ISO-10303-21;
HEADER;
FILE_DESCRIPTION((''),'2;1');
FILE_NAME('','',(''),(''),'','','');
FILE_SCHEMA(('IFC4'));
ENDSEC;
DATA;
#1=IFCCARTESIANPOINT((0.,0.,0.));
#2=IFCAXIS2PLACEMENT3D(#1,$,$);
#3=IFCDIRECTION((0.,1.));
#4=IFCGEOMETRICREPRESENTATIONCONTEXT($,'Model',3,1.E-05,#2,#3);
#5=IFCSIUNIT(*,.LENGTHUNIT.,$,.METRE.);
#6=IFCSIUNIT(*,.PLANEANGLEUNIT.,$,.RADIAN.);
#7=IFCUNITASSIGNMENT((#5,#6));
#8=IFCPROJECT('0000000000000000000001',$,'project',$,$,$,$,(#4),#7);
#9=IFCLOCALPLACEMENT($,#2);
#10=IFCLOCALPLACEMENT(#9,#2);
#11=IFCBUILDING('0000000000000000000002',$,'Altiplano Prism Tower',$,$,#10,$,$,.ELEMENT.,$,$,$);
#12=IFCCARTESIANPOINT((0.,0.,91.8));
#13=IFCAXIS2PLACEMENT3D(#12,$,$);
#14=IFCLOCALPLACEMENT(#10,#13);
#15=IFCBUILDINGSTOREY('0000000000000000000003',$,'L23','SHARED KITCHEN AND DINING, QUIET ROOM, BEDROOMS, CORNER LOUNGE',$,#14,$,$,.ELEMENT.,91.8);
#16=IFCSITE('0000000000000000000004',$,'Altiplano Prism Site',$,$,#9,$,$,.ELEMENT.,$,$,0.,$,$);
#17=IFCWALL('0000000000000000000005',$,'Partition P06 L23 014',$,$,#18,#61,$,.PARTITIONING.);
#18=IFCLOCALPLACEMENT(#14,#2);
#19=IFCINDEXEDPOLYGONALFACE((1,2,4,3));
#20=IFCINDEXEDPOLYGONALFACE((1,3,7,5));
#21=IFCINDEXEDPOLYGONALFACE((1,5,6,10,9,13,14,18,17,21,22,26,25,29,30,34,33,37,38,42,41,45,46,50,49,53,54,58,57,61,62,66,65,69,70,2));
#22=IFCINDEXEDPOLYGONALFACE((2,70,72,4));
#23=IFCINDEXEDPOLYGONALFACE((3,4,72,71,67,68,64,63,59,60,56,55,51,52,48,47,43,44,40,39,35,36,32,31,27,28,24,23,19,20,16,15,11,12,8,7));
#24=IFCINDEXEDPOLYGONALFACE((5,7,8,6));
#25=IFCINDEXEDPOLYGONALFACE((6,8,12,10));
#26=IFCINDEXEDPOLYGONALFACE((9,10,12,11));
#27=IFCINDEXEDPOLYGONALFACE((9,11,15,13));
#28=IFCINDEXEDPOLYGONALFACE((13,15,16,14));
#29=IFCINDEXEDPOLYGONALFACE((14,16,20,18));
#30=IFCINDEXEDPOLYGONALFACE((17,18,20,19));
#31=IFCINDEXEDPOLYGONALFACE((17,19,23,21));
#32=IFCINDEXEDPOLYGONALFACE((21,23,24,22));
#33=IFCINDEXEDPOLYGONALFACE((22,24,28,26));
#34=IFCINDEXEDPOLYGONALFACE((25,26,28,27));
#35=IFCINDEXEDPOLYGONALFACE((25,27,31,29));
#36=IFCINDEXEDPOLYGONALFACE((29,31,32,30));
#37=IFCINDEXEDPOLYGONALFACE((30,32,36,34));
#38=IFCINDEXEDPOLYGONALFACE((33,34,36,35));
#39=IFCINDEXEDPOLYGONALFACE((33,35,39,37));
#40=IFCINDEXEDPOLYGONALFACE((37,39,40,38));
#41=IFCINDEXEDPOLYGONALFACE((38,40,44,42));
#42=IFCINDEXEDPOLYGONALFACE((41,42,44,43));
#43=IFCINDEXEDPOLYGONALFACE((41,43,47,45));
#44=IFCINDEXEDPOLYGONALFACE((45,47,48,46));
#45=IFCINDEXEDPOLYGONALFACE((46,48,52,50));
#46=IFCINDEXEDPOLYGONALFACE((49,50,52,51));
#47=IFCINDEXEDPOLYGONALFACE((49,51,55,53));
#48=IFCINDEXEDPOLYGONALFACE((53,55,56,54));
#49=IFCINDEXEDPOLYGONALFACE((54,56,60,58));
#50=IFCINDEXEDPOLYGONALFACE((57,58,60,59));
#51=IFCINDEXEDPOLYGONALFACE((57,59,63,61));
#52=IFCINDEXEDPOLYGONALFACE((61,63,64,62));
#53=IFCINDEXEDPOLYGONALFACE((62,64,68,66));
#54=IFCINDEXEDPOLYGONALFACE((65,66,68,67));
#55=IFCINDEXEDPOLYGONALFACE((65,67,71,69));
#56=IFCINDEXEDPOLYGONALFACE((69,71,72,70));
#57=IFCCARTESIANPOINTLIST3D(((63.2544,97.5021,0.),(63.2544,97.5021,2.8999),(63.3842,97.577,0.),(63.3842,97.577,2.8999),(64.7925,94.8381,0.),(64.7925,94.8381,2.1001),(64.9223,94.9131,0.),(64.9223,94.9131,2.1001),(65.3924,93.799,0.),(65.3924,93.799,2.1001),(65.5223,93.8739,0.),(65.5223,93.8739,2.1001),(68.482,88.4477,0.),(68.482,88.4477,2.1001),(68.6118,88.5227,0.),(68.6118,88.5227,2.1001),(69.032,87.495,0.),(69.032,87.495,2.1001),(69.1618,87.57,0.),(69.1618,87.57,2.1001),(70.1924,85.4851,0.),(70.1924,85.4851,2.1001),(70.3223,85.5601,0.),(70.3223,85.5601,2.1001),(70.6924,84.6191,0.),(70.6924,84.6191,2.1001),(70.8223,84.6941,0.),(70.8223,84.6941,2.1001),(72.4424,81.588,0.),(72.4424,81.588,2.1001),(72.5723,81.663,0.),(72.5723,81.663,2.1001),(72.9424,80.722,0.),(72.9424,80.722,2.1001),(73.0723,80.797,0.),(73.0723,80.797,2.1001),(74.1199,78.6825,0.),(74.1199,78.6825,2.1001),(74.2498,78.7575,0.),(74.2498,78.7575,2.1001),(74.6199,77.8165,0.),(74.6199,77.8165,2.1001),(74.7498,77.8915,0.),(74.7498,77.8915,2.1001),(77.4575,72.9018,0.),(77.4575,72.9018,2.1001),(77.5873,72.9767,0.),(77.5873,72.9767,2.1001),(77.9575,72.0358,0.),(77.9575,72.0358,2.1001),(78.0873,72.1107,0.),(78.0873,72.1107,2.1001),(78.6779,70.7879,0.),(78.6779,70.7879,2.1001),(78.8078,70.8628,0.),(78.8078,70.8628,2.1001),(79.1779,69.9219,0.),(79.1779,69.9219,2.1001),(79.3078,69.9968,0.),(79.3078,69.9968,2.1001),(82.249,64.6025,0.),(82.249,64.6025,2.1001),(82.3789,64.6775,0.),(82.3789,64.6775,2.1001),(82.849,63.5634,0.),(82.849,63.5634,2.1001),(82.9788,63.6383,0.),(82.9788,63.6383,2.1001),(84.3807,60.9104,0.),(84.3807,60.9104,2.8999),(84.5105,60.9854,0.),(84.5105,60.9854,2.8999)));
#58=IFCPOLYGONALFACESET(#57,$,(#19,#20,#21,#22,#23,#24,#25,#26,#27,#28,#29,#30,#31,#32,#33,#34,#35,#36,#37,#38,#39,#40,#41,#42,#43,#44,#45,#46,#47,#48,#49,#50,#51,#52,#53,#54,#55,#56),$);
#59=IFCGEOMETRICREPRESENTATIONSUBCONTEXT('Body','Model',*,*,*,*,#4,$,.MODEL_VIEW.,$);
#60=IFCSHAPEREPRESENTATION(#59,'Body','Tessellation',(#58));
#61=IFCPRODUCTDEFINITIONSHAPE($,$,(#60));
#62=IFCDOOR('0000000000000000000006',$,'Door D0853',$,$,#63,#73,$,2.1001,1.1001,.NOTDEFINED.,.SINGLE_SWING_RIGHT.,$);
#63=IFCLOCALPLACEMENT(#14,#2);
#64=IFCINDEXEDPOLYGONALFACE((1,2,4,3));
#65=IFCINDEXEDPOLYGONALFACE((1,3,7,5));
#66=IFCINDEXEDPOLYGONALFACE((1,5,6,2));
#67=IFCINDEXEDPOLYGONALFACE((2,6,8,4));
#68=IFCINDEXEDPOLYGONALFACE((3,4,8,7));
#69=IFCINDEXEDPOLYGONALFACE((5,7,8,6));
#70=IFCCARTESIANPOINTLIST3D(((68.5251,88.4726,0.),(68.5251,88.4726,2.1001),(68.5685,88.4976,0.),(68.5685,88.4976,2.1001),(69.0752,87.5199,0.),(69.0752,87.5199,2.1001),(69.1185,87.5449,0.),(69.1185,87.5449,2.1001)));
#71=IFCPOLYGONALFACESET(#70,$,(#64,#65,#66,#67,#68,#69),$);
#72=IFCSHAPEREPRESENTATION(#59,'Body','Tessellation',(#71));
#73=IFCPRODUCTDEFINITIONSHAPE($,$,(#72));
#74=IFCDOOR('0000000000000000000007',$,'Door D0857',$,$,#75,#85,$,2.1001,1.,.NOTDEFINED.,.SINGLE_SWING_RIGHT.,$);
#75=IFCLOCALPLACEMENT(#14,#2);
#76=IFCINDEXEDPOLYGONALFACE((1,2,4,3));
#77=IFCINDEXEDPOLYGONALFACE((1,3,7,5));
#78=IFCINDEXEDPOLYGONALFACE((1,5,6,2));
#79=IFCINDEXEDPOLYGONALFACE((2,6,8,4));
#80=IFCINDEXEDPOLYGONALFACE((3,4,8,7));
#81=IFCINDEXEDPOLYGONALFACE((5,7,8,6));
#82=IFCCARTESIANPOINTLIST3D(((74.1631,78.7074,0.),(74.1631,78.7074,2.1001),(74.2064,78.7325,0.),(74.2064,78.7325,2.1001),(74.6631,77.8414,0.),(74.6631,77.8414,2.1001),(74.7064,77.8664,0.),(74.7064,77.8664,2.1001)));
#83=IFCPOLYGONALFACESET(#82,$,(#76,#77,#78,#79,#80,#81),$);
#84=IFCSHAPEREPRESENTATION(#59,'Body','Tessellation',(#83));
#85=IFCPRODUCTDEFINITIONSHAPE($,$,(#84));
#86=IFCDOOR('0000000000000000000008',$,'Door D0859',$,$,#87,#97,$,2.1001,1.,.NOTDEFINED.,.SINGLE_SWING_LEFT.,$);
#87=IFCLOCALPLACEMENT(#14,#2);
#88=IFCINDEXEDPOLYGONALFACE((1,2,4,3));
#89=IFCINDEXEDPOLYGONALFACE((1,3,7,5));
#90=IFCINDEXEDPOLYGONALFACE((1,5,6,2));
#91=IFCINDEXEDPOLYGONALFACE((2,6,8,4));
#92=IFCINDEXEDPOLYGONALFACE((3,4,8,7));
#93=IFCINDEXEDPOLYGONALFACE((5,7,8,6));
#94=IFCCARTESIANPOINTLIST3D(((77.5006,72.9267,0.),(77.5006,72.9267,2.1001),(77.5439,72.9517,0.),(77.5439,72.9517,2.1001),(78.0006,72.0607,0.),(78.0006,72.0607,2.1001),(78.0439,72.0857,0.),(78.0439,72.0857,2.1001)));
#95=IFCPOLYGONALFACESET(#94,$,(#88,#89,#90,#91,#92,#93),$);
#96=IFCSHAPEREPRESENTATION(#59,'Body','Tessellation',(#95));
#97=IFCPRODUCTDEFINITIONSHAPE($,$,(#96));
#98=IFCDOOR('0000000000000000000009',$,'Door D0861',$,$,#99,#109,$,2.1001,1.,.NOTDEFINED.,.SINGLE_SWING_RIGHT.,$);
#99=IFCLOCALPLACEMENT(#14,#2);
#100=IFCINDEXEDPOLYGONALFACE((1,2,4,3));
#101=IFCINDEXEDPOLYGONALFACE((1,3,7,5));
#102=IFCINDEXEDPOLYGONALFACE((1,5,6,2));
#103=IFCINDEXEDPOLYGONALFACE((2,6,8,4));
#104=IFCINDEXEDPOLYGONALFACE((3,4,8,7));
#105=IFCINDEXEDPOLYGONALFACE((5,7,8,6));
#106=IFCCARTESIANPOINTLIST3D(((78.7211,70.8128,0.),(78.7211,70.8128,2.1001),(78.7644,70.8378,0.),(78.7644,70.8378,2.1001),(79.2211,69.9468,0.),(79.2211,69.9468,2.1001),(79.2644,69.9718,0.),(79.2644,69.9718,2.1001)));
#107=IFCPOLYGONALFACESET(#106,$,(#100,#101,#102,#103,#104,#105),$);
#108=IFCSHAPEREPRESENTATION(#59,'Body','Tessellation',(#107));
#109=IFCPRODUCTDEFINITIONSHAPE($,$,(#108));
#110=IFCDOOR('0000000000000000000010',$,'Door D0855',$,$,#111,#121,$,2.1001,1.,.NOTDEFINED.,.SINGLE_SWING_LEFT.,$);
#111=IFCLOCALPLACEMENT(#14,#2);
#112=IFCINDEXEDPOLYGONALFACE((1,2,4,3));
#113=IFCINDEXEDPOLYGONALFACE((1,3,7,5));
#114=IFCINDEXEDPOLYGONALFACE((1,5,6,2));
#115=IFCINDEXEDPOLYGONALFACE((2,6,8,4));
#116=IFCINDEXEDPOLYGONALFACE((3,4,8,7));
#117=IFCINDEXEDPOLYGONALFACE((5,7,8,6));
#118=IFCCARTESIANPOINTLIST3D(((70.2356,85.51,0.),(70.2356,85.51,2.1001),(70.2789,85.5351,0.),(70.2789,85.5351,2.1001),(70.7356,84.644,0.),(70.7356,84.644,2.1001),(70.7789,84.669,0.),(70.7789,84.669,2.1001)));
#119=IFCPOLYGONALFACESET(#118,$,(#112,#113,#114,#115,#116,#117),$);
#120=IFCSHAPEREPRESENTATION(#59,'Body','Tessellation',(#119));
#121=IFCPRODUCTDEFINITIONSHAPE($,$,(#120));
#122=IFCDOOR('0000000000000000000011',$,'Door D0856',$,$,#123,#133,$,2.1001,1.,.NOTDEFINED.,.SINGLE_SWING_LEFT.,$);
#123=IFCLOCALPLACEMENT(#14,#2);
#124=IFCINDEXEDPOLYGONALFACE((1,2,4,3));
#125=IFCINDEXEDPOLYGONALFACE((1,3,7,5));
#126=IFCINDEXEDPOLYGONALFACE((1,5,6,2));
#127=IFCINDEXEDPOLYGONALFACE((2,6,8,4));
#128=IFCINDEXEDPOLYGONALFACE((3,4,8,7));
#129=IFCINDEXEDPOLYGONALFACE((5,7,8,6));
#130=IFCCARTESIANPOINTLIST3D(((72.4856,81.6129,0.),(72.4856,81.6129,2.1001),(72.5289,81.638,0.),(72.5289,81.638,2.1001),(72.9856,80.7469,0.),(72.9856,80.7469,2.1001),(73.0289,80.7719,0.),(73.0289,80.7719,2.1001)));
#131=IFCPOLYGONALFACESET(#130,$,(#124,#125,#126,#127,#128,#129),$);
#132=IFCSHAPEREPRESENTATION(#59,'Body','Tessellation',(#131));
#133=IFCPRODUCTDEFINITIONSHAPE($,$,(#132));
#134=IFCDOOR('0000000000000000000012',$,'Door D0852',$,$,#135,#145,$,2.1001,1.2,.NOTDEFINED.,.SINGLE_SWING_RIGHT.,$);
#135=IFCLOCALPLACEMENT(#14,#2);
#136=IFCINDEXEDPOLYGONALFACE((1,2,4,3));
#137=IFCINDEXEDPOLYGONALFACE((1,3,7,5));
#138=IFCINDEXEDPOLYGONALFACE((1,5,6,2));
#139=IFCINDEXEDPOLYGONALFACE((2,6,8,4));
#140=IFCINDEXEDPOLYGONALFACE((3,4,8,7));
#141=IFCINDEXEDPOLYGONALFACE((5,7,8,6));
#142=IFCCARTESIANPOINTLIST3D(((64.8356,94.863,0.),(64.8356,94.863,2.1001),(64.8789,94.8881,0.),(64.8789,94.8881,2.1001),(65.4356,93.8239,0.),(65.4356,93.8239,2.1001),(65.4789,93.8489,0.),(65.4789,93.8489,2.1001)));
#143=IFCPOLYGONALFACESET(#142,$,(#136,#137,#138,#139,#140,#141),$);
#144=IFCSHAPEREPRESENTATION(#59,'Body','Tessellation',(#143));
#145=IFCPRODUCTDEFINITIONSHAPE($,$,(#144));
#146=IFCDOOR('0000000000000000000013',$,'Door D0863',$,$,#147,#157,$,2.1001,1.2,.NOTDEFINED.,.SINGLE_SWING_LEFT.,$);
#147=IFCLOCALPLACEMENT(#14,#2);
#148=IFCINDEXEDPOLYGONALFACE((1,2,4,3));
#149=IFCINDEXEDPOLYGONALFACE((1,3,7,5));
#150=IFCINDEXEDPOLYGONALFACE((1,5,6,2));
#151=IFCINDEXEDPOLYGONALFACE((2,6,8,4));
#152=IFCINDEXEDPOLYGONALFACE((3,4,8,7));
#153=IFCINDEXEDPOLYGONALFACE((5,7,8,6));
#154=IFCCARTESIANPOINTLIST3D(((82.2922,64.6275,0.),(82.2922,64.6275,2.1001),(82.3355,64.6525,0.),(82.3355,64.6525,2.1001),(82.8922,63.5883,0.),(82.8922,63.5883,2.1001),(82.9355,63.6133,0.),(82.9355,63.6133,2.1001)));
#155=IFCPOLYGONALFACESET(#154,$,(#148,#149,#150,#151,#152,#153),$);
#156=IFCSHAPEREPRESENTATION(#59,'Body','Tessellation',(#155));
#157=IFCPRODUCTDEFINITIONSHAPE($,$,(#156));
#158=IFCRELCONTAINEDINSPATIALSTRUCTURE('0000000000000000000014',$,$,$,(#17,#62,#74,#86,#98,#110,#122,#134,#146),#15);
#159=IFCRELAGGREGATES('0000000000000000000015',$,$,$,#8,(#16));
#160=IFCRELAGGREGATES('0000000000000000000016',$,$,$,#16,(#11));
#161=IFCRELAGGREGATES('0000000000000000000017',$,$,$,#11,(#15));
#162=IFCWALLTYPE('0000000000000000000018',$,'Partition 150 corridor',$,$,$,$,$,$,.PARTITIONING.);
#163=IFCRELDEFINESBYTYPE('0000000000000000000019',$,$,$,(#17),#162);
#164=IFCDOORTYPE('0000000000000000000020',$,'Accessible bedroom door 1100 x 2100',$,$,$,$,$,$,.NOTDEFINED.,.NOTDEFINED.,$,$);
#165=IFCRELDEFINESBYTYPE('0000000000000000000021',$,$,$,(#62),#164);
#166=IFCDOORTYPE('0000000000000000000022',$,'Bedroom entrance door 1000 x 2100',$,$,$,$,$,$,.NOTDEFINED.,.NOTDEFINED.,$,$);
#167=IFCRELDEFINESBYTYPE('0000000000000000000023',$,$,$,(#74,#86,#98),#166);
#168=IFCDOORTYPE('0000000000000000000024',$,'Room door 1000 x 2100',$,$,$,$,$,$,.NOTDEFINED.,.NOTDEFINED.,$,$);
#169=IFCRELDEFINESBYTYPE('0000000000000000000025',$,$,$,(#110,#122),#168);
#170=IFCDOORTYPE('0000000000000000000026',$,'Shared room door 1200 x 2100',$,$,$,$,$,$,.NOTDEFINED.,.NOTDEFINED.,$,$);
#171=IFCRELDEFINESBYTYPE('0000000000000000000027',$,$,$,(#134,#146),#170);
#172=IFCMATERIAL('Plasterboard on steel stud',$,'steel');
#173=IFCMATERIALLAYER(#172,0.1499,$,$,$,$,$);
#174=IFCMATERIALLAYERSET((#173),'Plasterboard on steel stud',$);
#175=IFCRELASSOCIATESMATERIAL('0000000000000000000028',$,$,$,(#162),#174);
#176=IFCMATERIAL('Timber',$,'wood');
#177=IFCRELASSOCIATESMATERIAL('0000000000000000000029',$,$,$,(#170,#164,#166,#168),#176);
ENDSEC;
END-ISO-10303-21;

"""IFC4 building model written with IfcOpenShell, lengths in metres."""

from ifc_helpers import new_model, si_unit, direction, frame, frame_2d, origin, place, context, subcontext, project, spatial, rectangle, extrude, material, layer, layer_set, type_object, element, fill, save


model = new_model("IFC4")

# Units and contexts
model_context = context("Model", 3, precision=1e-05, world=origin(), true_north=direction((0.0, 1.0)))
body_context = subcontext(model_context, "Body", "Model", "MODEL_VIEW")
ifc_project = project(units=[si_unit("LENGTHUNIT", "METRE"), si_unit("PLANEANGLEUNIT", "RADIAN")], contexts=[model_context])

# Site, building, storey
site_placement = place(None, origin())
site = spatial("IfcSite", under=ifc_project, at=site_placement, Name="Altiplano Prism Site", CompositionType="ELEMENT", RefElevation=0.0)
building_placement = place(site_placement, origin())
building = spatial("IfcBuilding", under=site, at=building_placement, Name="Altiplano Prism Tower", CompositionType="ELEMENT")
storey_placement = place(building_placement, frame((0.0, 0.0, 91.8)))
storey = spatial("IfcBuildingStorey", under=building, at=storey_placement, Name="L23", Description="SHARED KITCHEN AND DINING, QUIET ROOM, BEDROOMS, CORNER LOUNGE", CompositionType="ELEMENT", Elevation=91.8)

# Shared definitions
ifc_material_1 = material(Name="Plasterboard on steel stud", Category="steel")
ifc_layer_1 = layer(ifc_material_1, 0.1499)
ifc_layer_set_1 = layer_set([ifc_layer_1], Name="Plasterboard on steel stud")
wall_type_1 = type_object("IfcWallType", Name="Partition 150 corridor", PredefinedType="PARTITIONING", material=ifc_layer_set_1)

# Shared definitions
ifc_material_2 = material(Name="Timber", Category="wood")
door_type_1 = type_object("IfcDoorType", Name="Shared room door 1200 x 2100", OperationType="NOTDEFINED", PredefinedType="NOTDEFINED", material=ifc_material_2)

# Wall, openings, doors
wall_1_placement = place(storey_placement, frame((63.3193, 97.5396, 0.0), z_axis=(0.0, 0.0, 1.0), x_axis=(0.500001, -0.866025, 0.0)))
wall_1 = element("IfcWall", 1, at=wall_1_placement, inside=storey, type_object=wall_type_1, Name="Partition P06 L23 014", PredefinedType="PARTITIONING", context=body_context, shape_type="SweptSolid", body=[
    extrude(rectangle(XDim=42.2524, YDim=0.1499, at=frame_2d((21.1262, 0.0))), origin(), (0.0, 0.0, 1.0), 2.8999),
])
opening_1_placement = place(wall_1_placement, frame((3.0759, 0.0, 0.0)))
opening_1 = element("IfcOpeningElement", 2, at=opening_1_placement, cuts=wall_1, PredefinedType="OPENING", context=body_context, shape_type="SweptSolid", body=[
    extrude(rectangle(XDim=1.2, YDim=2.1001, at=frame_2d((0.6001, 1.05))), frame((0.0, 0.0854, 0.0), z_axis=(0.0, -1.0, 0.0), x_axis=(1.0, 0.0, 0.0)), (0.0, 0.0, 1.0), 0.1709),
])
opening_2_placement = place(wall_1_placement, frame((10.4551, 0.0, 0.0)))
opening_2 = element("IfcOpeningElement", 3, at=opening_2_placement, cuts=wall_1, PredefinedType="OPENING", context=body_context, shape_type="SweptSolid", body=[
    extrude(rectangle(XDim=1.1001, YDim=2.1001, at=frame_2d((0.55, 1.05))), frame((0.0, 0.0854, 0.0), z_axis=(0.0, -1.0, 0.0), x_axis=(1.0, 0.0, 0.0)), (0.0, 0.0, 1.0), 0.1709),
])
opening_3_placement = place(wall_1_placement, frame((13.876, 0.0, 0.0)))
opening_3 = element("IfcOpeningElement", 4, at=opening_3_placement, cuts=wall_1, PredefinedType="OPENING", context=body_context, shape_type="SweptSolid", body=[
    extrude(rectangle(XDim=1.0, YDim=2.1001, at=frame_2d((0.5, 1.05))), frame((0.0, 0.0854, 0.0), z_axis=(0.0, -1.0, 0.0), x_axis=(1.0, 0.0, 0.0)), (0.0, 0.0, 1.0), 0.1709),
])
opening_4_placement = place(wall_1_placement, frame((18.376, 0.0, 0.0)))
opening_4 = element("IfcOpeningElement", 5, at=opening_4_placement, cuts=wall_1, PredefinedType="OPENING", context=body_context, shape_type="SweptSolid", body=[
    extrude(rectangle(XDim=1.0, YDim=2.1001, at=frame_2d((0.5, 1.05))), frame((0.0, 0.0854, 0.0), z_axis=(0.0, -1.0, 0.0), x_axis=(1.0, 0.0, 0.0)), (0.0, 0.0, 1.0), 0.1709),
])
opening_5_placement = place(wall_1_placement, frame((21.731, 0.0, 0.0)))
opening_5 = element("IfcOpeningElement", 6, at=opening_5_placement, cuts=wall_1, PredefinedType="OPENING", context=body_context, shape_type="SweptSolid", body=[
    extrude(rectangle(XDim=1.0, YDim=2.1001, at=frame_2d((0.5, 1.05))), frame((0.0, 0.0854, 0.0), z_axis=(0.0, -1.0, 0.0), x_axis=(1.0, 0.0, 0.0)), (0.0, 0.0, 1.0), 0.1709),
])
opening_6_placement = place(wall_1_placement, frame((28.406, 0.0, 0.0)))
opening_6 = element("IfcOpeningElement", 7, at=opening_6_placement, cuts=wall_1, PredefinedType="OPENING", context=body_context, shape_type="SweptSolid", body=[
    extrude(rectangle(XDim=1.0, YDim=2.1001, at=frame_2d((0.5, 1.05))), frame((0.0, 0.0854, 0.0), z_axis=(0.0, -1.0, 0.0), x_axis=(1.0, 0.0, 0.0)), (0.0, 0.0, 1.0), 0.1709),
])
opening_7_placement = place(wall_1_placement, frame((30.8469, 0.0, 0.0)))
opening_7 = element("IfcOpeningElement", 8, at=opening_7_placement, cuts=wall_1, PredefinedType="OPENING", context=body_context, shape_type="SweptSolid", body=[
    extrude(rectangle(XDim=1.0, YDim=2.1001, at=frame_2d((0.5, 1.05))), frame((0.0, 0.0854, 0.0), z_axis=(0.0, -1.0, 0.0), x_axis=(1.0, 0.0, 0.0)), (0.0, 0.0, 1.0), 0.1709),
])
opening_8_placement = place(wall_1_placement, frame((37.989, 0.0, 0.0)))
opening_8 = element("IfcOpeningElement", 9, at=opening_8_placement, cuts=wall_1, PredefinedType="OPENING", context=body_context, shape_type="SweptSolid", body=[
    extrude(rectangle(XDim=1.2, YDim=2.1001, at=frame_2d((0.6001, 1.05))), frame((0.0, 0.0854, 0.0), z_axis=(0.0, -1.0, 0.0), x_axis=(1.0, 0.0, 0.0)), (0.0, 0.0, 1.0), 0.1709),
])
door_type_2 = type_object("IfcDoorType", Name="Accessible bedroom door 1100 x 2100", OperationType="NOTDEFINED", PredefinedType="NOTDEFINED", material=ifc_material_2)
door_1_placement = place(opening_2_placement, origin())
door_1 = element("IfcDoor", 10, at=door_1_placement, inside=storey, type_object=door_type_2, Name="Door D0853", OperationType="SINGLE_SWING_RIGHT", OverallHeight=2.1001, OverallWidth=1.1001, PredefinedType="NOTDEFINED", context=body_context, shape_type="SweptSolid", body=[
    extrude(rectangle(XDim=1.1001, YDim=2.1001, at=frame_2d((0.55, 1.05))), frame((0.0, 0.0249, 0.0), z_axis=(0.0, -1.0, 0.0), x_axis=(1.0, 0.0, 0.0)), (0.0, 0.0, 1.0), 0.05),
])
fill(opening_2, door_1)
door_type_3 = type_object("IfcDoorType", Name="Bedroom entrance door 1000 x 2100", OperationType="NOTDEFINED", PredefinedType="NOTDEFINED", material=ifc_material_2)
door_2_placement = place(opening_5_placement, origin())
door_2 = element("IfcDoor", 11, at=door_2_placement, inside=storey, type_object=door_type_3, Name="Door D0857", OperationType="SINGLE_SWING_RIGHT", OverallHeight=2.1001, OverallWidth=1.0, PredefinedType="NOTDEFINED", context=body_context, shape_type="SweptSolid", body=[
    extrude(rectangle(XDim=1.0, YDim=2.1001, at=frame_2d((0.5, 1.05))), frame((0.0, 0.0249, 0.0), z_axis=(0.0, -1.0, 0.0), x_axis=(1.0, 0.0, 0.0)), (0.0, 0.0, 1.0), 0.05),
])
fill(opening_5, door_2)
door_3_placement = place(opening_6_placement, origin())
door_3 = element("IfcDoor", 12, at=door_3_placement, inside=storey, type_object=door_type_3, Name="Door D0859", OperationType="SINGLE_SWING_LEFT", OverallHeight=2.1001, OverallWidth=1.0, PredefinedType="NOTDEFINED", context=body_context, shape_type="SweptSolid", body=[
    extrude(rectangle(XDim=1.0, YDim=2.1001, at=frame_2d((0.5, 1.05))), frame((0.0, 0.0249, 0.0), z_axis=(0.0, -1.0, 0.0), x_axis=(1.0, 0.0, 0.0)), (0.0, 0.0, 1.0), 0.05),
])
fill(opening_6, door_3)
door_4_placement = place(opening_7_placement, origin())
door_4 = element("IfcDoor", 13, at=door_4_placement, inside=storey, type_object=door_type_3, Name="Door D0861", OperationType="SINGLE_SWING_RIGHT", OverallHeight=2.1001, OverallWidth=1.0, PredefinedType="NOTDEFINED", context=body_context, shape_type="SweptSolid", body=[
    extrude(rectangle(XDim=1.0, YDim=2.1001, at=frame_2d((0.5, 1.05))), frame((0.0, 0.0249, 0.0), z_axis=(0.0, -1.0, 0.0), x_axis=(1.0, 0.0, 0.0)), (0.0, 0.0, 1.0), 0.05),
])
fill(opening_7, door_4)
door_type_4 = type_object("IfcDoorType", Name="Room door 1000 x 2100", OperationType="NOTDEFINED", PredefinedType="NOTDEFINED", material=ifc_material_2)
door_5_placement = place(opening_3_placement, origin())
door_5 = element("IfcDoor", 14, at=door_5_placement, inside=storey, type_object=door_type_4, Name="Door D0855", OperationType="SINGLE_SWING_LEFT", OverallHeight=2.1001, OverallWidth=1.0, PredefinedType="NOTDEFINED", context=body_context, shape_type="SweptSolid", body=[
    extrude(rectangle(XDim=1.0, YDim=2.1001, at=frame_2d((0.5, 1.05))), frame((0.0, 0.0249, 0.0), z_axis=(0.0, -1.0, 0.0), x_axis=(1.0, 0.0, 0.0)), (0.0, 0.0, 1.0), 0.05),
])
fill(opening_3, door_5)
door_6_placement = place(opening_4_placement, origin())
door_6 = element("IfcDoor", 15, at=door_6_placement, inside=storey, type_object=door_type_4, Name="Door D0856", OperationType="SINGLE_SWING_LEFT", OverallHeight=2.1001, OverallWidth=1.0, PredefinedType="NOTDEFINED", context=body_context, shape_type="SweptSolid", body=[
    extrude(rectangle(XDim=1.0, YDim=2.1001, at=frame_2d((0.5, 1.05))), frame((0.0, 0.0249, 0.0), z_axis=(0.0, -1.0, 0.0), x_axis=(1.0, 0.0, 0.0)), (0.0, 0.0, 1.0), 0.05),
])
fill(opening_4, door_6)
door_7_placement = place(opening_1_placement, origin())
door_7 = element("IfcDoor", 16, at=door_7_placement, inside=storey, type_object=door_type_1, Name="Door D0852", OperationType="SINGLE_SWING_RIGHT", OverallHeight=2.1001, OverallWidth=1.2, PredefinedType="NOTDEFINED", context=body_context, shape_type="SweptSolid", body=[
    extrude(rectangle(XDim=1.2, YDim=2.1001, at=frame_2d((0.6001, 1.05))), frame((0.0, 0.0249, 0.0), z_axis=(0.0, -1.0, 0.0), x_axis=(1.0, 0.0, 0.0)), (0.0, 0.0, 1.0), 0.05),
])
fill(opening_1, door_7)
door_8_placement = place(opening_8_placement, origin())
door_8 = element("IfcDoor", 17, at=door_8_placement, inside=storey, type_object=door_type_1, Name="Door D0863", OperationType="SINGLE_SWING_LEFT", OverallHeight=2.1001, OverallWidth=1.2, PredefinedType="NOTDEFINED", context=body_context, shape_type="SweptSolid", body=[
    extrude(rectangle(XDim=1.2, YDim=2.1001, at=frame_2d((0.6001, 1.05))), frame((0.0, 0.0249, 0.0), z_axis=(0.0, -1.0, 0.0), x_axis=(1.0, 0.0, 0.0)), (0.0, 0.0, 1.0), 0.05),
])
fill(opening_8, door_8)

save(model, "model.ifc")
